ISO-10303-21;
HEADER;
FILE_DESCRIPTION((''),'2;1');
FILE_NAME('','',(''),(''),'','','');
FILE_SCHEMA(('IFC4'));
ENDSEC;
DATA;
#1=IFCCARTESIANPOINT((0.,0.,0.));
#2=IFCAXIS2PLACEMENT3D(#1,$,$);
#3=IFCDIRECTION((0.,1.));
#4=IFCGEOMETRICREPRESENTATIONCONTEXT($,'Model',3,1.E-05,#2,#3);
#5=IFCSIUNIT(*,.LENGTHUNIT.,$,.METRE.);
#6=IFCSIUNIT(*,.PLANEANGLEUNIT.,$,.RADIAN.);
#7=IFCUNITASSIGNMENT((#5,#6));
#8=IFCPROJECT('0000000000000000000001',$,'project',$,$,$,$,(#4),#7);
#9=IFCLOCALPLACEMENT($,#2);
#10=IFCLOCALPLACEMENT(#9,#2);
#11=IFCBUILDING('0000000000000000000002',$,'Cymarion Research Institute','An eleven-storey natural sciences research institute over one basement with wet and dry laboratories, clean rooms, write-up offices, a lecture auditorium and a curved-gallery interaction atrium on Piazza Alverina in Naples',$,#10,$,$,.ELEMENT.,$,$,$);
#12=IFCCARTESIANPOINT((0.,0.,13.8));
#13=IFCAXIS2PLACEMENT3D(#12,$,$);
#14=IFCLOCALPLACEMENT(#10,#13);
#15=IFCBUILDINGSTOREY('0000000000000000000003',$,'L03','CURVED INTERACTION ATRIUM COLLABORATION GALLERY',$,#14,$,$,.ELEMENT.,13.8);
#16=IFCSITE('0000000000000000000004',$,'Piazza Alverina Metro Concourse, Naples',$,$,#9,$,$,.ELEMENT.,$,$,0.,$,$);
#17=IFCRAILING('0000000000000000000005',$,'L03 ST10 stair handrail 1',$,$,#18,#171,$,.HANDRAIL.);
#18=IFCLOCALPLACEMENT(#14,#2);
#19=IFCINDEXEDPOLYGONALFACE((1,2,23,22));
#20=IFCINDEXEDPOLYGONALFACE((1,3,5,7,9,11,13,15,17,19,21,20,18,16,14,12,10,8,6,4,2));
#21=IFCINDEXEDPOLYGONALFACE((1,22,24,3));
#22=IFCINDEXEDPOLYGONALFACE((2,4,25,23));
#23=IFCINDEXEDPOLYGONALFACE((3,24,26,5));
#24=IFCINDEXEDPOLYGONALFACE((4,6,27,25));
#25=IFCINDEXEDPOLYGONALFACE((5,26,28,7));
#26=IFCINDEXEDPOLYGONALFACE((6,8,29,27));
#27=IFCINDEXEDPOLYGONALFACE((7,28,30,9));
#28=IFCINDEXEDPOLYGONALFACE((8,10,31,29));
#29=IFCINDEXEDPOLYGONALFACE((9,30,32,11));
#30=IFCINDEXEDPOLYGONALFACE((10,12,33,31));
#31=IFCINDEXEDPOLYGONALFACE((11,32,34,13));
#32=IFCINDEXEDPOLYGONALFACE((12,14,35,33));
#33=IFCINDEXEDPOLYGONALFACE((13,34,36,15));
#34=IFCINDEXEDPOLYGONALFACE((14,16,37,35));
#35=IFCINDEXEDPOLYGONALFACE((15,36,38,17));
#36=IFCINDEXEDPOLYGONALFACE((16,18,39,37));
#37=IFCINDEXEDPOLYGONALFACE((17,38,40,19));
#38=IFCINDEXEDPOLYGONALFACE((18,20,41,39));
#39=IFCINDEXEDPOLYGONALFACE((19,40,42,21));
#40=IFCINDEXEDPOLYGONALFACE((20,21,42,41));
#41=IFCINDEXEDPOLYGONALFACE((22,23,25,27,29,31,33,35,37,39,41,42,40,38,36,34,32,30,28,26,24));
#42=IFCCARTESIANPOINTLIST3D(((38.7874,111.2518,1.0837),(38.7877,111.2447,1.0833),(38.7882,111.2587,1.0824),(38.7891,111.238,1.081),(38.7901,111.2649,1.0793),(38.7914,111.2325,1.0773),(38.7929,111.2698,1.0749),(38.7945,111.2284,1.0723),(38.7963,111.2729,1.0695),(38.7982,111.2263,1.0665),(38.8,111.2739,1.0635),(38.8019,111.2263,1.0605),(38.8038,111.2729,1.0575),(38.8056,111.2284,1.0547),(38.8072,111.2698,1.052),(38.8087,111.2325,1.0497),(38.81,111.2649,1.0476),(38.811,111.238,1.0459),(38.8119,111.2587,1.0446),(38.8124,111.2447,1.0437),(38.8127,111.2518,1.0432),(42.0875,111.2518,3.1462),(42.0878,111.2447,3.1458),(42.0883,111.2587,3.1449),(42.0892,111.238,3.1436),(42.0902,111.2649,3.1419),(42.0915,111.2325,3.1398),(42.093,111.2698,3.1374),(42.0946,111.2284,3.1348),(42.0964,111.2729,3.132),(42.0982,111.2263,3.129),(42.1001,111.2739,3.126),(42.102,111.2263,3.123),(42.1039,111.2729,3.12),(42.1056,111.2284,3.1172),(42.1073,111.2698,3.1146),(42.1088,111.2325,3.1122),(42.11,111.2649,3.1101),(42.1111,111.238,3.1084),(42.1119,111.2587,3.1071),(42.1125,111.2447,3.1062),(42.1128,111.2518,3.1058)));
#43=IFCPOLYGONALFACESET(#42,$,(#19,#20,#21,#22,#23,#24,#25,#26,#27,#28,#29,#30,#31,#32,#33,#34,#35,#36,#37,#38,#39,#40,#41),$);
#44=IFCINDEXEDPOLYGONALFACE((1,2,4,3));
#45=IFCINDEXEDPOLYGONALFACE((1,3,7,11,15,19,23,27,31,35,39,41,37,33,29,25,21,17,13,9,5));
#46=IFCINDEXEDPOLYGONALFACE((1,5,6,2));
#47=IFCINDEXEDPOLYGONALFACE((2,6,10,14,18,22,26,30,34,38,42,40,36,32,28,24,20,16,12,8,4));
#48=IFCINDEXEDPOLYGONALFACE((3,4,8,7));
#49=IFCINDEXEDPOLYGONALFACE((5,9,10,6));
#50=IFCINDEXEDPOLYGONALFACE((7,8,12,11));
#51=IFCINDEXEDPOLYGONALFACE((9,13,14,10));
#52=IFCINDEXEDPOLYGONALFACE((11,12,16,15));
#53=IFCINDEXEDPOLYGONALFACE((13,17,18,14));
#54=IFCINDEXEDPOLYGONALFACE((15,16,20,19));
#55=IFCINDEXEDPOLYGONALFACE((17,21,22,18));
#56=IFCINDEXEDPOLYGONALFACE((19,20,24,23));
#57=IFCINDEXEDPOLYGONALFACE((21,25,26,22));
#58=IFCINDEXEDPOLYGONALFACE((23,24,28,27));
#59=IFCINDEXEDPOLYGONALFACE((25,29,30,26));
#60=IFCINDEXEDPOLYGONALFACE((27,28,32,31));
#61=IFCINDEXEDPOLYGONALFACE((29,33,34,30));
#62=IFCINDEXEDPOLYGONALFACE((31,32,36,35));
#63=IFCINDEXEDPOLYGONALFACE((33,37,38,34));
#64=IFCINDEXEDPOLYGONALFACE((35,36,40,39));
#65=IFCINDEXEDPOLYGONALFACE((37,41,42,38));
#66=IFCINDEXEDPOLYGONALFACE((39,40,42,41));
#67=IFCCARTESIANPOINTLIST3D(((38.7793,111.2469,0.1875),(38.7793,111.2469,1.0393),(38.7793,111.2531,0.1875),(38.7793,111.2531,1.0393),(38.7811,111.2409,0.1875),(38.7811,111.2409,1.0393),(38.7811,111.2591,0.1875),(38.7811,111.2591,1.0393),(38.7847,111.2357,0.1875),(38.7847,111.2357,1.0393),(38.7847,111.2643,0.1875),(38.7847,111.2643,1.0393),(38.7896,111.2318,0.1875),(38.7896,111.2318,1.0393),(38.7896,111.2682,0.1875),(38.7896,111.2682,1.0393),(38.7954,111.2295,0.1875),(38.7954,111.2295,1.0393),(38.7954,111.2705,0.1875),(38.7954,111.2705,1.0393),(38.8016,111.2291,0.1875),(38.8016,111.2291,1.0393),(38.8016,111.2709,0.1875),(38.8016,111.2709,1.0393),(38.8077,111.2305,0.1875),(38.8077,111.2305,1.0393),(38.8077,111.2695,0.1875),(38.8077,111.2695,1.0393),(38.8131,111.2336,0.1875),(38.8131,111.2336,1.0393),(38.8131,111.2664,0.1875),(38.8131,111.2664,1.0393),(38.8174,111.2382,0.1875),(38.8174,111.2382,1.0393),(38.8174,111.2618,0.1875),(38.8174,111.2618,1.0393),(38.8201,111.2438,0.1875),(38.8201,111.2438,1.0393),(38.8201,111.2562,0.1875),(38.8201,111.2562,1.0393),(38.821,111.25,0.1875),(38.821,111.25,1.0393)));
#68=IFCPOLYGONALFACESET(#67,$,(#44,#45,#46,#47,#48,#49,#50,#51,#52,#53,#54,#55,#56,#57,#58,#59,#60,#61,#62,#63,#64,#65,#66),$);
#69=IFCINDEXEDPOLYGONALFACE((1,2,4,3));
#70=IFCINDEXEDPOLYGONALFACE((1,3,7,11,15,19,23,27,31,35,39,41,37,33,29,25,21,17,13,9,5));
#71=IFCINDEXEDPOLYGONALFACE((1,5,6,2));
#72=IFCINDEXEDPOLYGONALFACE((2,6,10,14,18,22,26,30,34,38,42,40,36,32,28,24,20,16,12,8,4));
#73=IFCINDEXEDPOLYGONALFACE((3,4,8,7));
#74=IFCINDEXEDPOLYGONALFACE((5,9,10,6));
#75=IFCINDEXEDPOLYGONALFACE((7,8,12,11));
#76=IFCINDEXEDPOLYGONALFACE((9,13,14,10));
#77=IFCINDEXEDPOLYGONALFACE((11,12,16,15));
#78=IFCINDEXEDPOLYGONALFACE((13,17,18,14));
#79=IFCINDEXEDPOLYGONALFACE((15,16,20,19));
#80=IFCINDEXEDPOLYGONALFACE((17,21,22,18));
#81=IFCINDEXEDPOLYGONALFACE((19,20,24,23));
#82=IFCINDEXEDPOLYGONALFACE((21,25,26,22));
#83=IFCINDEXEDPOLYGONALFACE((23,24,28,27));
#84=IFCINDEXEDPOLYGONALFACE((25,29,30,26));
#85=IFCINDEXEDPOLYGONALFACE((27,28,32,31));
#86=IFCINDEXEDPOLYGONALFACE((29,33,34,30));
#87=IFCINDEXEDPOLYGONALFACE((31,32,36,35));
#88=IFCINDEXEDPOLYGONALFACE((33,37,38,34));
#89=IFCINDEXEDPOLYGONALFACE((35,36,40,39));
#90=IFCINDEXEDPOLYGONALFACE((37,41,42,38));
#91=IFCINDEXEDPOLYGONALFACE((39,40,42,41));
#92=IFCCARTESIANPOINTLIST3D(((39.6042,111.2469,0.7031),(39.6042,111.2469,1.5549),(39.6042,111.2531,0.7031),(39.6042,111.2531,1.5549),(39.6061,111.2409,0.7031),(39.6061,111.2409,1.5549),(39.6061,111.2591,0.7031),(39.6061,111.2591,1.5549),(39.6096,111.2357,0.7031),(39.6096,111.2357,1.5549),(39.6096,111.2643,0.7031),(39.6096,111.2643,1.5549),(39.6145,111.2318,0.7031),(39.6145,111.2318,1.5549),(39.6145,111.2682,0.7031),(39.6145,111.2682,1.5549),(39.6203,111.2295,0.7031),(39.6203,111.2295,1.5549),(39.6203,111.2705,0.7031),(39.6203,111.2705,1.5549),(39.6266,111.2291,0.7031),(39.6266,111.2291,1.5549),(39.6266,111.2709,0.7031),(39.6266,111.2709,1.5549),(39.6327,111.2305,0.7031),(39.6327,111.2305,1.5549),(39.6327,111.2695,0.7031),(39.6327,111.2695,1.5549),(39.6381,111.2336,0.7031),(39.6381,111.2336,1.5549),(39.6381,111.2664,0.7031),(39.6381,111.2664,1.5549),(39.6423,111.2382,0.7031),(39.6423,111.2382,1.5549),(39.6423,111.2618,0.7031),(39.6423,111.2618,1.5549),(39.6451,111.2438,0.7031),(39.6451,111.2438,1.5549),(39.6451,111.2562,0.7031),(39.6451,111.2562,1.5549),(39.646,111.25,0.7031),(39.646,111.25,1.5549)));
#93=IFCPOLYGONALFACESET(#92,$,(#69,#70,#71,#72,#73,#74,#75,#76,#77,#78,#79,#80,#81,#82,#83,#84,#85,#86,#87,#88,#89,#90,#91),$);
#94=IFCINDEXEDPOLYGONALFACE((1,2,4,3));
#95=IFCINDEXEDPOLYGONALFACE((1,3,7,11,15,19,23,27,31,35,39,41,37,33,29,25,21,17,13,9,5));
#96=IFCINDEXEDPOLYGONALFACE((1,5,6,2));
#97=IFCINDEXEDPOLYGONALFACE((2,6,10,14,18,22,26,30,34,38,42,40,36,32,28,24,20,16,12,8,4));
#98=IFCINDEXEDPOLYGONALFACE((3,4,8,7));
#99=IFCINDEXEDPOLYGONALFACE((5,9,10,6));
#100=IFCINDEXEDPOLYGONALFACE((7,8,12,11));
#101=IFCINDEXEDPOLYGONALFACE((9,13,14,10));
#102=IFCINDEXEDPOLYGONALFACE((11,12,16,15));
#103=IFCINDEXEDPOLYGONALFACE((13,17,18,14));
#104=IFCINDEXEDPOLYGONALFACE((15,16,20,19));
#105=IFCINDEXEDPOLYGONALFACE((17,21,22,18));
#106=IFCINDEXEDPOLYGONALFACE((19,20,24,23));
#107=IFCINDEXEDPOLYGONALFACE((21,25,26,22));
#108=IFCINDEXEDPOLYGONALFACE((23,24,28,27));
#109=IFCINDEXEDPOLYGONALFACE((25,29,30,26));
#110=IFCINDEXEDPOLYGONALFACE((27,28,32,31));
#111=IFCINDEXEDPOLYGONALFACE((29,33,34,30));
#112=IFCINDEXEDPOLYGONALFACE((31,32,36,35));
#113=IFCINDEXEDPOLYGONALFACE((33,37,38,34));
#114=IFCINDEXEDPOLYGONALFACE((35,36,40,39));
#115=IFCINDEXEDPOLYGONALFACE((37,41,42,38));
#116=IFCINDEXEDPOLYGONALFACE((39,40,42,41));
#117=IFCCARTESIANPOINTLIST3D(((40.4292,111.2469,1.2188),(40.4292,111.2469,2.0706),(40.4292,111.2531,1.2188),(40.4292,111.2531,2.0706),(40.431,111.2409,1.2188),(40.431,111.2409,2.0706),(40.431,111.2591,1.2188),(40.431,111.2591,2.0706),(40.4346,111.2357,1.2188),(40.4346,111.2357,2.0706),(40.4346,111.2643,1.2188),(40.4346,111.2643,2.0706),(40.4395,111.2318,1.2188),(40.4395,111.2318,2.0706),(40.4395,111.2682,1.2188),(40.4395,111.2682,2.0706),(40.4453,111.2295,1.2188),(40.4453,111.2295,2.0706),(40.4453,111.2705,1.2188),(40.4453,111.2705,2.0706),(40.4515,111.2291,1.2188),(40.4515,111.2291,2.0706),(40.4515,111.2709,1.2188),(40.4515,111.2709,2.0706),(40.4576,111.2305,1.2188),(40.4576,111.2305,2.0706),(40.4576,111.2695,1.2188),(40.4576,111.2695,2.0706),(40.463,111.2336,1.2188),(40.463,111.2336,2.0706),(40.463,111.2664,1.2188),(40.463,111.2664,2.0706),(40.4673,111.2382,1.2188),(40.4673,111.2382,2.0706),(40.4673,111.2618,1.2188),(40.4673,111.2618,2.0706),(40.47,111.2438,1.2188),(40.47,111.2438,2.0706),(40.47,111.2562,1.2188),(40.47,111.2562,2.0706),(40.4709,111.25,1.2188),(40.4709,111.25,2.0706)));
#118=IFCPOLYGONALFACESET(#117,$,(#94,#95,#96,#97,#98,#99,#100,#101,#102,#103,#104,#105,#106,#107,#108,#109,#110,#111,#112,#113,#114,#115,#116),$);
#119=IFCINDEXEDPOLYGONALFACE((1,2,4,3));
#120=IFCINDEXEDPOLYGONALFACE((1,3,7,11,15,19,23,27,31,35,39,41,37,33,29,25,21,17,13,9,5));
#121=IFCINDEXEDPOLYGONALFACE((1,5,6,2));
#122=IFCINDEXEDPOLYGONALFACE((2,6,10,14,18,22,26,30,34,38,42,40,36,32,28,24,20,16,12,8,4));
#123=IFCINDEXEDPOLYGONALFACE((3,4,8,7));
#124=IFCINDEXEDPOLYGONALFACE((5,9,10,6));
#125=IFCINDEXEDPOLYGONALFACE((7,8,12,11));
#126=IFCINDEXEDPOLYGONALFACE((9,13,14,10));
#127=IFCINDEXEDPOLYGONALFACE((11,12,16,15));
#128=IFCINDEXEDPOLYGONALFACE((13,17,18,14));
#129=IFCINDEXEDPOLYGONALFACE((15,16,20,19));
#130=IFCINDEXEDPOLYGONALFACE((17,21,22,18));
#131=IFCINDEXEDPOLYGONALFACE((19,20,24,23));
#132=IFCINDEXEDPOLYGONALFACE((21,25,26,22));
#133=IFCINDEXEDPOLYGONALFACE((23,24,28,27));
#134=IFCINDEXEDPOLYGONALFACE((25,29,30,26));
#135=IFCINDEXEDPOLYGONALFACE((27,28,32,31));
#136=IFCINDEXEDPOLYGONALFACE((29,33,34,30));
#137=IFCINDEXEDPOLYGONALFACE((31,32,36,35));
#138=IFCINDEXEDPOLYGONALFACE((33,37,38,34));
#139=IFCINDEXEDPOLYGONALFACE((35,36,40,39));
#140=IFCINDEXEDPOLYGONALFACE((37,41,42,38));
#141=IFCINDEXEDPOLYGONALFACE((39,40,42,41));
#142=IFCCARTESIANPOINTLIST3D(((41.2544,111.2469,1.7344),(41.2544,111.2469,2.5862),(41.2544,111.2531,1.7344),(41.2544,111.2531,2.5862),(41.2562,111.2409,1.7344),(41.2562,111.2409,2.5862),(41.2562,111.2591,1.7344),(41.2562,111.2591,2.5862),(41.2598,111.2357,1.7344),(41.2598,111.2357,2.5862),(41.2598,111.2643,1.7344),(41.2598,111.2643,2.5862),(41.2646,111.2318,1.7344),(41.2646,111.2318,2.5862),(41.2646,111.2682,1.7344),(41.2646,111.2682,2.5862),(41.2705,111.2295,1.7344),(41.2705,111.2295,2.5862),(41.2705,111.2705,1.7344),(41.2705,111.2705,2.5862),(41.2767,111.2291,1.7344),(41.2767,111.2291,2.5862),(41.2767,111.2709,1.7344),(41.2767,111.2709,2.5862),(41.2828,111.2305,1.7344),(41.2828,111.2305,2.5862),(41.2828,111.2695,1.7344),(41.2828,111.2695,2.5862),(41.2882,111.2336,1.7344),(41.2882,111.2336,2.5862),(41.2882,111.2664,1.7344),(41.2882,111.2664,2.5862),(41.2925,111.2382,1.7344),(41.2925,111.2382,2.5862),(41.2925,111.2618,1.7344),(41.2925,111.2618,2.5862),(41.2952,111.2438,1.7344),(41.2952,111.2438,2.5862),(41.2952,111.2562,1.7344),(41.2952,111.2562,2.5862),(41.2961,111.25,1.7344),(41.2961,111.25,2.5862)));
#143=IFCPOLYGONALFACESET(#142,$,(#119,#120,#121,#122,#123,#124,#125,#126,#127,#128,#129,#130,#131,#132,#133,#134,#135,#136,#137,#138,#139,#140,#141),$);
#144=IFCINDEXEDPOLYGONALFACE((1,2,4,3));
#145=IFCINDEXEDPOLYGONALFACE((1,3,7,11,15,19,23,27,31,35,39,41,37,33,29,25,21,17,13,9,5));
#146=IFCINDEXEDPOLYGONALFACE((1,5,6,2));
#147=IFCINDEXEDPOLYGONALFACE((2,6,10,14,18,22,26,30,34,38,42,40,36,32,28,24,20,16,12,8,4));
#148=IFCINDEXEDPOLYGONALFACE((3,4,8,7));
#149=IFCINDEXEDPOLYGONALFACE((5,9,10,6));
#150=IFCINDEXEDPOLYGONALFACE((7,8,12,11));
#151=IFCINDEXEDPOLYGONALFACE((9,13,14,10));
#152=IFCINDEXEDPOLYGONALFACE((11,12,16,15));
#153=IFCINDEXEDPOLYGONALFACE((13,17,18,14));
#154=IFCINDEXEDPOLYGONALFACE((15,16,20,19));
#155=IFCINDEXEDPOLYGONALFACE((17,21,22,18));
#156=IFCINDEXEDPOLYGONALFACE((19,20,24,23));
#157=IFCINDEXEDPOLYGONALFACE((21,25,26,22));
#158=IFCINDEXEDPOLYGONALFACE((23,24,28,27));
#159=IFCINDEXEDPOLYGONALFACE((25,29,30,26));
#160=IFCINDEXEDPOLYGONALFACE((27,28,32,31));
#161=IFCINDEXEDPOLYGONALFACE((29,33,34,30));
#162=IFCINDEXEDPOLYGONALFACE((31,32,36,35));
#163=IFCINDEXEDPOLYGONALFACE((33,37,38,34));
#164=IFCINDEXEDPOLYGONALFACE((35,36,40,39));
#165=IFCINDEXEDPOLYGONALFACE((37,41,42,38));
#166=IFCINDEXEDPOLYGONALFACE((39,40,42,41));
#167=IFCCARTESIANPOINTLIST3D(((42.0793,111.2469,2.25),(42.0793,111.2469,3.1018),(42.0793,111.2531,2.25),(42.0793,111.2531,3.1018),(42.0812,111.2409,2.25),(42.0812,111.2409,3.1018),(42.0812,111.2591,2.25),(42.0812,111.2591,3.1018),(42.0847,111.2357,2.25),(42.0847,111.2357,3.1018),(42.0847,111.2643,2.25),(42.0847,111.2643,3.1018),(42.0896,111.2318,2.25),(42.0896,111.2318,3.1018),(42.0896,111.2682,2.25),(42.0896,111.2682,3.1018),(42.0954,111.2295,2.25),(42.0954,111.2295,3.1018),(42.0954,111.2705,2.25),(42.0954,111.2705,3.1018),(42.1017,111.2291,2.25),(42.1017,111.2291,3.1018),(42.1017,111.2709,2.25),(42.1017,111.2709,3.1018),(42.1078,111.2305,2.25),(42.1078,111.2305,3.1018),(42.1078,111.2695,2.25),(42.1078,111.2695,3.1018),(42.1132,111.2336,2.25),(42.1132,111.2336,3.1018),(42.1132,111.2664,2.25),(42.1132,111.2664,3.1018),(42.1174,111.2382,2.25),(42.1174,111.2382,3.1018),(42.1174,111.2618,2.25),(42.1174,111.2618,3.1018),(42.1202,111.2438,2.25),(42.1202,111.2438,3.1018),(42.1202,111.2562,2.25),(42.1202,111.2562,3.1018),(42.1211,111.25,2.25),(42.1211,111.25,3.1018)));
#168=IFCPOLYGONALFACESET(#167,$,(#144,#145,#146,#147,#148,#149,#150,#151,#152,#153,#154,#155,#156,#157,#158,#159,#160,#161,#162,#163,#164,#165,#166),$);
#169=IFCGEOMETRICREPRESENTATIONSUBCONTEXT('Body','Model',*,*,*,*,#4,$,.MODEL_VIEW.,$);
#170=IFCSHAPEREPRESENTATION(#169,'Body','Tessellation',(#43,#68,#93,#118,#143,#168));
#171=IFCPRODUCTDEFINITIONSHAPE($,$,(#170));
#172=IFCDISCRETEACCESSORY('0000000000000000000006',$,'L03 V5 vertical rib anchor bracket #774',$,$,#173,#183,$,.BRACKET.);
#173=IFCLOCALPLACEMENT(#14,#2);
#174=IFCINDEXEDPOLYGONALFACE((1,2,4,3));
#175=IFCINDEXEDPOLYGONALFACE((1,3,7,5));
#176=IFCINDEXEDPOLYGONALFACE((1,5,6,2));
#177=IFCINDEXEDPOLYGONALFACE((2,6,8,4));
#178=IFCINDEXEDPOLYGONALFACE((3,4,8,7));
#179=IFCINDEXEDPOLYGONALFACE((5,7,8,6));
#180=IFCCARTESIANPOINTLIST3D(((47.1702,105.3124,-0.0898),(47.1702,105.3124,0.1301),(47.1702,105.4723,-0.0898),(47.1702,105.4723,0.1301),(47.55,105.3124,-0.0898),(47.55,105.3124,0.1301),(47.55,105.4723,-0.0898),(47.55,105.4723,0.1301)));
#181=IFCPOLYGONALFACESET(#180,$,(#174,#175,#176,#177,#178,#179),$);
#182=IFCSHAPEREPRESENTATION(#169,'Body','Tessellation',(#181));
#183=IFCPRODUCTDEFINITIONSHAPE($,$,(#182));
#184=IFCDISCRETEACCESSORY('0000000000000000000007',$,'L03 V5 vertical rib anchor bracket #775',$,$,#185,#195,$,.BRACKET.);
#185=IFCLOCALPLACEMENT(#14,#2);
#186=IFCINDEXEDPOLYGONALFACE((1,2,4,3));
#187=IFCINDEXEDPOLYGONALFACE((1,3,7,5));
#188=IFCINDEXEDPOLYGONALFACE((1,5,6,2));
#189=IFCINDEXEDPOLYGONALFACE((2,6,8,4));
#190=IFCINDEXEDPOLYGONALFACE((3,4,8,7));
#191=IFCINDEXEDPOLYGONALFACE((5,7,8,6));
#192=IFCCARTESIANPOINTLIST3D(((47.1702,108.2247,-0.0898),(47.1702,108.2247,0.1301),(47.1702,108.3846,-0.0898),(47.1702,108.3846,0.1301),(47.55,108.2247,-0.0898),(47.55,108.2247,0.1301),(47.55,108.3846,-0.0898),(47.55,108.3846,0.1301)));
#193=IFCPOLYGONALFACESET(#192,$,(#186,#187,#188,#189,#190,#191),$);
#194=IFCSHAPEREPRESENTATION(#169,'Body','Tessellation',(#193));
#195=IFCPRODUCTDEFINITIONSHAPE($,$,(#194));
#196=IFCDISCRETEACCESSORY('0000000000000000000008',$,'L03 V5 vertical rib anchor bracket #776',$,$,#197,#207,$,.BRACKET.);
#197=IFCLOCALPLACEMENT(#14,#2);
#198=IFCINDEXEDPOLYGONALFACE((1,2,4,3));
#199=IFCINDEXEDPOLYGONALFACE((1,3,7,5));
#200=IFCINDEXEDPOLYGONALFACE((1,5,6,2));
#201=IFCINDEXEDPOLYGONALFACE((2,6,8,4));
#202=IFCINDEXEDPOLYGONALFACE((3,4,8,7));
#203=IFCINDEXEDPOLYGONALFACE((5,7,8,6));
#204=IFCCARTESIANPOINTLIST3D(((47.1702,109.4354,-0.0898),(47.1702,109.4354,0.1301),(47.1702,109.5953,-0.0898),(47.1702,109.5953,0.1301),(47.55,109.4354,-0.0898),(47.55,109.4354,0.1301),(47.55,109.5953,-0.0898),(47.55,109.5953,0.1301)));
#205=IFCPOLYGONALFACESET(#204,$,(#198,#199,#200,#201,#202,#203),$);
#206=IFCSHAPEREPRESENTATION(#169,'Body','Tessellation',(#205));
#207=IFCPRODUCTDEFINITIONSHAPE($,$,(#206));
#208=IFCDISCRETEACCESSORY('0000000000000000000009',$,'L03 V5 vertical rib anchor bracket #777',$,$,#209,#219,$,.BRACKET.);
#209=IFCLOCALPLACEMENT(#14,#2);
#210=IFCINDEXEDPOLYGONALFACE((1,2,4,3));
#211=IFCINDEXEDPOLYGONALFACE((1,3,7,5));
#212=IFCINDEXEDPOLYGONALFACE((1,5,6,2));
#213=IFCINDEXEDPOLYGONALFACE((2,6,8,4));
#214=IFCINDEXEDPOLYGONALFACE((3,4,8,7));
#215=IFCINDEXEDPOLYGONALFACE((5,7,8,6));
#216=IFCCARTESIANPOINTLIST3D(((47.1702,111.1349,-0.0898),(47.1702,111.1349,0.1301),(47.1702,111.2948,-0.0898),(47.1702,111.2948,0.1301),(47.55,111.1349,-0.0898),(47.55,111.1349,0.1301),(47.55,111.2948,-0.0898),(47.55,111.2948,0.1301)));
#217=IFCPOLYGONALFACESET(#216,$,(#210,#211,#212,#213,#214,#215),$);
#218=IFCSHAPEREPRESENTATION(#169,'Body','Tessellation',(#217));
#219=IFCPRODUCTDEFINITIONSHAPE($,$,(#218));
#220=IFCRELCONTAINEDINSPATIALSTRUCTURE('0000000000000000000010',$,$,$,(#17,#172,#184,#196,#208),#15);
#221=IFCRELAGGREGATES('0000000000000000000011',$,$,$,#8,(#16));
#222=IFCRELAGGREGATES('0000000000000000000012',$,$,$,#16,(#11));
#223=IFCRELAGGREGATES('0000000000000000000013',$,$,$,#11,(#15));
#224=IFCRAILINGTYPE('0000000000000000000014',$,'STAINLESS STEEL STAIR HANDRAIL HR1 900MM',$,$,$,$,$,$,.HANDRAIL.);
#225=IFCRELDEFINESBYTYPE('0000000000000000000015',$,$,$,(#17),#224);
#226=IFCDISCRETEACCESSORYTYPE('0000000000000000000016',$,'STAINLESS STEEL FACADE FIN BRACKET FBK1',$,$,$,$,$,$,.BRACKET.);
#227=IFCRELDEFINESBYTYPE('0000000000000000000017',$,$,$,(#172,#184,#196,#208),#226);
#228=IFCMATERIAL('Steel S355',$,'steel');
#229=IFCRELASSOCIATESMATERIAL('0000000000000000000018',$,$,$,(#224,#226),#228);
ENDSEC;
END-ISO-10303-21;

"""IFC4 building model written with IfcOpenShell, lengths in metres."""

from ifc_helpers import new_model, si_unit, direction, frame, origin, origin_2d, place, context, subcontext, project, spatial, rectangle, circle, extrude, material, type_object, element, save


model = new_model("IFC4")

# Units and contexts
model_context = context("Model", 3, precision=1e-05, world=origin(), true_north=direction((0.0, 1.0)))
body_context = subcontext(model_context, "Body", "Model", "MODEL_VIEW")
ifc_project = project(units=[si_unit("LENGTHUNIT", "METRE"), si_unit("PLANEANGLEUNIT", "RADIAN")], contexts=[model_context])

# Site, building, storey
site_placement = place(None, origin())
site = spatial("IfcSite", under=ifc_project, at=site_placement, Name="Piazza Alverina Metro Concourse, Naples", CompositionType="ELEMENT", RefElevation=0.0)
building_placement = place(site_placement, origin())
building = spatial("IfcBuilding", under=site, at=building_placement, Name="Cymarion Research Institute", Description="An eleven-storey natural sciences research institute over one basement with wet and dry laboratories, clean rooms, write-up offices, a lecture auditorium and a curved-gallery interaction atrium on Piazza Alverina in Naples", CompositionType="ELEMENT")
storey_placement = place(building_placement, frame((0.0, 0.0, 13.8)))
storey = spatial("IfcBuildingStorey", under=building, at=storey_placement, Name="L03", Description="CURVED INTERACTION ATRIUM COLLABORATION GALLERY", CompositionType="ELEMENT", Elevation=13.8)

# Shared definitions
ifc_material_1 = material(Name="Steel S355", Category="steel")

# Railing
railing_type_1 = type_object("IfcRailingType", Name="STAINLESS STEEL STAIR HANDRAIL HR1 900MM", PredefinedType="HANDRAIL", material=ifc_material_1)
railing_1_placement = place(storey_placement, frame((38.8, 111.25, 0.1875)))
element("IfcRailing", 1, at=railing_1_placement, inside=storey, type_object=railing_type_1, Name="L03 ST10 stair handrail 1", PredefinedType="HANDRAIL", context=body_context, shape_type="SweptSolid", body=[
    extrude(circle(Radius=0.0239, at=origin_2d()), frame((0.0, 0.0, 0.876), z_axis=(0.848002, 0.0, 0.529993), x_axis=(0.0, 1.0, 0.0)), (0.0, 0.0, 1.0), 3.8916),
    extrude(circle(Radius=0.021, at=origin_2d()), origin(), (0.0, 0.0, 1.0), 0.8518),
    extrude(circle(Radius=0.021, at=origin_2d()), frame((0.825, 0.0, 0.5156)), (0.0, 0.0, 1.0), 0.8518),
    extrude(circle(Radius=0.021, at=origin_2d()), frame((1.6499, 0.0, 1.0312)), (0.0, 0.0, 1.0), 0.8518),
    extrude(circle(Radius=0.021, at=origin_2d()), frame((2.4751, 0.0, 1.5469)), (0.0, 0.0, 1.0), 0.8518),
    extrude(circle(Radius=0.021, at=origin_2d()), frame((3.3, 0.0, 2.0625)), (0.0, 0.0, 1.0), 0.8518),
])

# Discrete accessories
discrete_accessory_type = type_object("IfcDiscreteAccessoryType", Name="STAINLESS STEEL FACADE FIN BRACKET FBK1", PredefinedType="BRACKET", material=ifc_material_1)
for number, where, z_axis, x_axis, name in (
    (2, (47.3601, 105.3923, -0.0898), (0.0, 0.0, 1.0), (1.0, 0.0, 0.0), "L03 V5 vertical rib anchor bracket #774"),
    (3, (47.3601, 108.3047, -0.0898), (0.0, 0.0, 1.0), (1.0, 0.0, 0.0), "L03 V5 vertical rib anchor bracket #775"),
    (4, (47.3601, 109.5154, -0.0898), (0.0, 0.0, 1.0), (1.0, 0.0, 0.0), "L03 V5 vertical rib anchor bracket #776"),
    (5, (47.3601, 111.2148, -0.0898), (0.0, 0.0, 1.0), (1.0, 0.0, 0.0), "L03 V5 vertical rib anchor bracket #777"),
):
    element("IfcDiscreteAccessory", number, at=place(storey_placement, frame(where, z_axis=z_axis, x_axis=x_axis)), inside=storey, type_object=discrete_accessory_type, Name=name, PredefinedType="BRACKET", context=body_context, shape_type="SweptSolid", body=[
        extrude(rectangle(XDim=0.3799, YDim=0.1599, at=origin_2d()), origin(), (0.0, 0.0, 1.0), 0.22),
    ])

save(model, "model.ifc")
